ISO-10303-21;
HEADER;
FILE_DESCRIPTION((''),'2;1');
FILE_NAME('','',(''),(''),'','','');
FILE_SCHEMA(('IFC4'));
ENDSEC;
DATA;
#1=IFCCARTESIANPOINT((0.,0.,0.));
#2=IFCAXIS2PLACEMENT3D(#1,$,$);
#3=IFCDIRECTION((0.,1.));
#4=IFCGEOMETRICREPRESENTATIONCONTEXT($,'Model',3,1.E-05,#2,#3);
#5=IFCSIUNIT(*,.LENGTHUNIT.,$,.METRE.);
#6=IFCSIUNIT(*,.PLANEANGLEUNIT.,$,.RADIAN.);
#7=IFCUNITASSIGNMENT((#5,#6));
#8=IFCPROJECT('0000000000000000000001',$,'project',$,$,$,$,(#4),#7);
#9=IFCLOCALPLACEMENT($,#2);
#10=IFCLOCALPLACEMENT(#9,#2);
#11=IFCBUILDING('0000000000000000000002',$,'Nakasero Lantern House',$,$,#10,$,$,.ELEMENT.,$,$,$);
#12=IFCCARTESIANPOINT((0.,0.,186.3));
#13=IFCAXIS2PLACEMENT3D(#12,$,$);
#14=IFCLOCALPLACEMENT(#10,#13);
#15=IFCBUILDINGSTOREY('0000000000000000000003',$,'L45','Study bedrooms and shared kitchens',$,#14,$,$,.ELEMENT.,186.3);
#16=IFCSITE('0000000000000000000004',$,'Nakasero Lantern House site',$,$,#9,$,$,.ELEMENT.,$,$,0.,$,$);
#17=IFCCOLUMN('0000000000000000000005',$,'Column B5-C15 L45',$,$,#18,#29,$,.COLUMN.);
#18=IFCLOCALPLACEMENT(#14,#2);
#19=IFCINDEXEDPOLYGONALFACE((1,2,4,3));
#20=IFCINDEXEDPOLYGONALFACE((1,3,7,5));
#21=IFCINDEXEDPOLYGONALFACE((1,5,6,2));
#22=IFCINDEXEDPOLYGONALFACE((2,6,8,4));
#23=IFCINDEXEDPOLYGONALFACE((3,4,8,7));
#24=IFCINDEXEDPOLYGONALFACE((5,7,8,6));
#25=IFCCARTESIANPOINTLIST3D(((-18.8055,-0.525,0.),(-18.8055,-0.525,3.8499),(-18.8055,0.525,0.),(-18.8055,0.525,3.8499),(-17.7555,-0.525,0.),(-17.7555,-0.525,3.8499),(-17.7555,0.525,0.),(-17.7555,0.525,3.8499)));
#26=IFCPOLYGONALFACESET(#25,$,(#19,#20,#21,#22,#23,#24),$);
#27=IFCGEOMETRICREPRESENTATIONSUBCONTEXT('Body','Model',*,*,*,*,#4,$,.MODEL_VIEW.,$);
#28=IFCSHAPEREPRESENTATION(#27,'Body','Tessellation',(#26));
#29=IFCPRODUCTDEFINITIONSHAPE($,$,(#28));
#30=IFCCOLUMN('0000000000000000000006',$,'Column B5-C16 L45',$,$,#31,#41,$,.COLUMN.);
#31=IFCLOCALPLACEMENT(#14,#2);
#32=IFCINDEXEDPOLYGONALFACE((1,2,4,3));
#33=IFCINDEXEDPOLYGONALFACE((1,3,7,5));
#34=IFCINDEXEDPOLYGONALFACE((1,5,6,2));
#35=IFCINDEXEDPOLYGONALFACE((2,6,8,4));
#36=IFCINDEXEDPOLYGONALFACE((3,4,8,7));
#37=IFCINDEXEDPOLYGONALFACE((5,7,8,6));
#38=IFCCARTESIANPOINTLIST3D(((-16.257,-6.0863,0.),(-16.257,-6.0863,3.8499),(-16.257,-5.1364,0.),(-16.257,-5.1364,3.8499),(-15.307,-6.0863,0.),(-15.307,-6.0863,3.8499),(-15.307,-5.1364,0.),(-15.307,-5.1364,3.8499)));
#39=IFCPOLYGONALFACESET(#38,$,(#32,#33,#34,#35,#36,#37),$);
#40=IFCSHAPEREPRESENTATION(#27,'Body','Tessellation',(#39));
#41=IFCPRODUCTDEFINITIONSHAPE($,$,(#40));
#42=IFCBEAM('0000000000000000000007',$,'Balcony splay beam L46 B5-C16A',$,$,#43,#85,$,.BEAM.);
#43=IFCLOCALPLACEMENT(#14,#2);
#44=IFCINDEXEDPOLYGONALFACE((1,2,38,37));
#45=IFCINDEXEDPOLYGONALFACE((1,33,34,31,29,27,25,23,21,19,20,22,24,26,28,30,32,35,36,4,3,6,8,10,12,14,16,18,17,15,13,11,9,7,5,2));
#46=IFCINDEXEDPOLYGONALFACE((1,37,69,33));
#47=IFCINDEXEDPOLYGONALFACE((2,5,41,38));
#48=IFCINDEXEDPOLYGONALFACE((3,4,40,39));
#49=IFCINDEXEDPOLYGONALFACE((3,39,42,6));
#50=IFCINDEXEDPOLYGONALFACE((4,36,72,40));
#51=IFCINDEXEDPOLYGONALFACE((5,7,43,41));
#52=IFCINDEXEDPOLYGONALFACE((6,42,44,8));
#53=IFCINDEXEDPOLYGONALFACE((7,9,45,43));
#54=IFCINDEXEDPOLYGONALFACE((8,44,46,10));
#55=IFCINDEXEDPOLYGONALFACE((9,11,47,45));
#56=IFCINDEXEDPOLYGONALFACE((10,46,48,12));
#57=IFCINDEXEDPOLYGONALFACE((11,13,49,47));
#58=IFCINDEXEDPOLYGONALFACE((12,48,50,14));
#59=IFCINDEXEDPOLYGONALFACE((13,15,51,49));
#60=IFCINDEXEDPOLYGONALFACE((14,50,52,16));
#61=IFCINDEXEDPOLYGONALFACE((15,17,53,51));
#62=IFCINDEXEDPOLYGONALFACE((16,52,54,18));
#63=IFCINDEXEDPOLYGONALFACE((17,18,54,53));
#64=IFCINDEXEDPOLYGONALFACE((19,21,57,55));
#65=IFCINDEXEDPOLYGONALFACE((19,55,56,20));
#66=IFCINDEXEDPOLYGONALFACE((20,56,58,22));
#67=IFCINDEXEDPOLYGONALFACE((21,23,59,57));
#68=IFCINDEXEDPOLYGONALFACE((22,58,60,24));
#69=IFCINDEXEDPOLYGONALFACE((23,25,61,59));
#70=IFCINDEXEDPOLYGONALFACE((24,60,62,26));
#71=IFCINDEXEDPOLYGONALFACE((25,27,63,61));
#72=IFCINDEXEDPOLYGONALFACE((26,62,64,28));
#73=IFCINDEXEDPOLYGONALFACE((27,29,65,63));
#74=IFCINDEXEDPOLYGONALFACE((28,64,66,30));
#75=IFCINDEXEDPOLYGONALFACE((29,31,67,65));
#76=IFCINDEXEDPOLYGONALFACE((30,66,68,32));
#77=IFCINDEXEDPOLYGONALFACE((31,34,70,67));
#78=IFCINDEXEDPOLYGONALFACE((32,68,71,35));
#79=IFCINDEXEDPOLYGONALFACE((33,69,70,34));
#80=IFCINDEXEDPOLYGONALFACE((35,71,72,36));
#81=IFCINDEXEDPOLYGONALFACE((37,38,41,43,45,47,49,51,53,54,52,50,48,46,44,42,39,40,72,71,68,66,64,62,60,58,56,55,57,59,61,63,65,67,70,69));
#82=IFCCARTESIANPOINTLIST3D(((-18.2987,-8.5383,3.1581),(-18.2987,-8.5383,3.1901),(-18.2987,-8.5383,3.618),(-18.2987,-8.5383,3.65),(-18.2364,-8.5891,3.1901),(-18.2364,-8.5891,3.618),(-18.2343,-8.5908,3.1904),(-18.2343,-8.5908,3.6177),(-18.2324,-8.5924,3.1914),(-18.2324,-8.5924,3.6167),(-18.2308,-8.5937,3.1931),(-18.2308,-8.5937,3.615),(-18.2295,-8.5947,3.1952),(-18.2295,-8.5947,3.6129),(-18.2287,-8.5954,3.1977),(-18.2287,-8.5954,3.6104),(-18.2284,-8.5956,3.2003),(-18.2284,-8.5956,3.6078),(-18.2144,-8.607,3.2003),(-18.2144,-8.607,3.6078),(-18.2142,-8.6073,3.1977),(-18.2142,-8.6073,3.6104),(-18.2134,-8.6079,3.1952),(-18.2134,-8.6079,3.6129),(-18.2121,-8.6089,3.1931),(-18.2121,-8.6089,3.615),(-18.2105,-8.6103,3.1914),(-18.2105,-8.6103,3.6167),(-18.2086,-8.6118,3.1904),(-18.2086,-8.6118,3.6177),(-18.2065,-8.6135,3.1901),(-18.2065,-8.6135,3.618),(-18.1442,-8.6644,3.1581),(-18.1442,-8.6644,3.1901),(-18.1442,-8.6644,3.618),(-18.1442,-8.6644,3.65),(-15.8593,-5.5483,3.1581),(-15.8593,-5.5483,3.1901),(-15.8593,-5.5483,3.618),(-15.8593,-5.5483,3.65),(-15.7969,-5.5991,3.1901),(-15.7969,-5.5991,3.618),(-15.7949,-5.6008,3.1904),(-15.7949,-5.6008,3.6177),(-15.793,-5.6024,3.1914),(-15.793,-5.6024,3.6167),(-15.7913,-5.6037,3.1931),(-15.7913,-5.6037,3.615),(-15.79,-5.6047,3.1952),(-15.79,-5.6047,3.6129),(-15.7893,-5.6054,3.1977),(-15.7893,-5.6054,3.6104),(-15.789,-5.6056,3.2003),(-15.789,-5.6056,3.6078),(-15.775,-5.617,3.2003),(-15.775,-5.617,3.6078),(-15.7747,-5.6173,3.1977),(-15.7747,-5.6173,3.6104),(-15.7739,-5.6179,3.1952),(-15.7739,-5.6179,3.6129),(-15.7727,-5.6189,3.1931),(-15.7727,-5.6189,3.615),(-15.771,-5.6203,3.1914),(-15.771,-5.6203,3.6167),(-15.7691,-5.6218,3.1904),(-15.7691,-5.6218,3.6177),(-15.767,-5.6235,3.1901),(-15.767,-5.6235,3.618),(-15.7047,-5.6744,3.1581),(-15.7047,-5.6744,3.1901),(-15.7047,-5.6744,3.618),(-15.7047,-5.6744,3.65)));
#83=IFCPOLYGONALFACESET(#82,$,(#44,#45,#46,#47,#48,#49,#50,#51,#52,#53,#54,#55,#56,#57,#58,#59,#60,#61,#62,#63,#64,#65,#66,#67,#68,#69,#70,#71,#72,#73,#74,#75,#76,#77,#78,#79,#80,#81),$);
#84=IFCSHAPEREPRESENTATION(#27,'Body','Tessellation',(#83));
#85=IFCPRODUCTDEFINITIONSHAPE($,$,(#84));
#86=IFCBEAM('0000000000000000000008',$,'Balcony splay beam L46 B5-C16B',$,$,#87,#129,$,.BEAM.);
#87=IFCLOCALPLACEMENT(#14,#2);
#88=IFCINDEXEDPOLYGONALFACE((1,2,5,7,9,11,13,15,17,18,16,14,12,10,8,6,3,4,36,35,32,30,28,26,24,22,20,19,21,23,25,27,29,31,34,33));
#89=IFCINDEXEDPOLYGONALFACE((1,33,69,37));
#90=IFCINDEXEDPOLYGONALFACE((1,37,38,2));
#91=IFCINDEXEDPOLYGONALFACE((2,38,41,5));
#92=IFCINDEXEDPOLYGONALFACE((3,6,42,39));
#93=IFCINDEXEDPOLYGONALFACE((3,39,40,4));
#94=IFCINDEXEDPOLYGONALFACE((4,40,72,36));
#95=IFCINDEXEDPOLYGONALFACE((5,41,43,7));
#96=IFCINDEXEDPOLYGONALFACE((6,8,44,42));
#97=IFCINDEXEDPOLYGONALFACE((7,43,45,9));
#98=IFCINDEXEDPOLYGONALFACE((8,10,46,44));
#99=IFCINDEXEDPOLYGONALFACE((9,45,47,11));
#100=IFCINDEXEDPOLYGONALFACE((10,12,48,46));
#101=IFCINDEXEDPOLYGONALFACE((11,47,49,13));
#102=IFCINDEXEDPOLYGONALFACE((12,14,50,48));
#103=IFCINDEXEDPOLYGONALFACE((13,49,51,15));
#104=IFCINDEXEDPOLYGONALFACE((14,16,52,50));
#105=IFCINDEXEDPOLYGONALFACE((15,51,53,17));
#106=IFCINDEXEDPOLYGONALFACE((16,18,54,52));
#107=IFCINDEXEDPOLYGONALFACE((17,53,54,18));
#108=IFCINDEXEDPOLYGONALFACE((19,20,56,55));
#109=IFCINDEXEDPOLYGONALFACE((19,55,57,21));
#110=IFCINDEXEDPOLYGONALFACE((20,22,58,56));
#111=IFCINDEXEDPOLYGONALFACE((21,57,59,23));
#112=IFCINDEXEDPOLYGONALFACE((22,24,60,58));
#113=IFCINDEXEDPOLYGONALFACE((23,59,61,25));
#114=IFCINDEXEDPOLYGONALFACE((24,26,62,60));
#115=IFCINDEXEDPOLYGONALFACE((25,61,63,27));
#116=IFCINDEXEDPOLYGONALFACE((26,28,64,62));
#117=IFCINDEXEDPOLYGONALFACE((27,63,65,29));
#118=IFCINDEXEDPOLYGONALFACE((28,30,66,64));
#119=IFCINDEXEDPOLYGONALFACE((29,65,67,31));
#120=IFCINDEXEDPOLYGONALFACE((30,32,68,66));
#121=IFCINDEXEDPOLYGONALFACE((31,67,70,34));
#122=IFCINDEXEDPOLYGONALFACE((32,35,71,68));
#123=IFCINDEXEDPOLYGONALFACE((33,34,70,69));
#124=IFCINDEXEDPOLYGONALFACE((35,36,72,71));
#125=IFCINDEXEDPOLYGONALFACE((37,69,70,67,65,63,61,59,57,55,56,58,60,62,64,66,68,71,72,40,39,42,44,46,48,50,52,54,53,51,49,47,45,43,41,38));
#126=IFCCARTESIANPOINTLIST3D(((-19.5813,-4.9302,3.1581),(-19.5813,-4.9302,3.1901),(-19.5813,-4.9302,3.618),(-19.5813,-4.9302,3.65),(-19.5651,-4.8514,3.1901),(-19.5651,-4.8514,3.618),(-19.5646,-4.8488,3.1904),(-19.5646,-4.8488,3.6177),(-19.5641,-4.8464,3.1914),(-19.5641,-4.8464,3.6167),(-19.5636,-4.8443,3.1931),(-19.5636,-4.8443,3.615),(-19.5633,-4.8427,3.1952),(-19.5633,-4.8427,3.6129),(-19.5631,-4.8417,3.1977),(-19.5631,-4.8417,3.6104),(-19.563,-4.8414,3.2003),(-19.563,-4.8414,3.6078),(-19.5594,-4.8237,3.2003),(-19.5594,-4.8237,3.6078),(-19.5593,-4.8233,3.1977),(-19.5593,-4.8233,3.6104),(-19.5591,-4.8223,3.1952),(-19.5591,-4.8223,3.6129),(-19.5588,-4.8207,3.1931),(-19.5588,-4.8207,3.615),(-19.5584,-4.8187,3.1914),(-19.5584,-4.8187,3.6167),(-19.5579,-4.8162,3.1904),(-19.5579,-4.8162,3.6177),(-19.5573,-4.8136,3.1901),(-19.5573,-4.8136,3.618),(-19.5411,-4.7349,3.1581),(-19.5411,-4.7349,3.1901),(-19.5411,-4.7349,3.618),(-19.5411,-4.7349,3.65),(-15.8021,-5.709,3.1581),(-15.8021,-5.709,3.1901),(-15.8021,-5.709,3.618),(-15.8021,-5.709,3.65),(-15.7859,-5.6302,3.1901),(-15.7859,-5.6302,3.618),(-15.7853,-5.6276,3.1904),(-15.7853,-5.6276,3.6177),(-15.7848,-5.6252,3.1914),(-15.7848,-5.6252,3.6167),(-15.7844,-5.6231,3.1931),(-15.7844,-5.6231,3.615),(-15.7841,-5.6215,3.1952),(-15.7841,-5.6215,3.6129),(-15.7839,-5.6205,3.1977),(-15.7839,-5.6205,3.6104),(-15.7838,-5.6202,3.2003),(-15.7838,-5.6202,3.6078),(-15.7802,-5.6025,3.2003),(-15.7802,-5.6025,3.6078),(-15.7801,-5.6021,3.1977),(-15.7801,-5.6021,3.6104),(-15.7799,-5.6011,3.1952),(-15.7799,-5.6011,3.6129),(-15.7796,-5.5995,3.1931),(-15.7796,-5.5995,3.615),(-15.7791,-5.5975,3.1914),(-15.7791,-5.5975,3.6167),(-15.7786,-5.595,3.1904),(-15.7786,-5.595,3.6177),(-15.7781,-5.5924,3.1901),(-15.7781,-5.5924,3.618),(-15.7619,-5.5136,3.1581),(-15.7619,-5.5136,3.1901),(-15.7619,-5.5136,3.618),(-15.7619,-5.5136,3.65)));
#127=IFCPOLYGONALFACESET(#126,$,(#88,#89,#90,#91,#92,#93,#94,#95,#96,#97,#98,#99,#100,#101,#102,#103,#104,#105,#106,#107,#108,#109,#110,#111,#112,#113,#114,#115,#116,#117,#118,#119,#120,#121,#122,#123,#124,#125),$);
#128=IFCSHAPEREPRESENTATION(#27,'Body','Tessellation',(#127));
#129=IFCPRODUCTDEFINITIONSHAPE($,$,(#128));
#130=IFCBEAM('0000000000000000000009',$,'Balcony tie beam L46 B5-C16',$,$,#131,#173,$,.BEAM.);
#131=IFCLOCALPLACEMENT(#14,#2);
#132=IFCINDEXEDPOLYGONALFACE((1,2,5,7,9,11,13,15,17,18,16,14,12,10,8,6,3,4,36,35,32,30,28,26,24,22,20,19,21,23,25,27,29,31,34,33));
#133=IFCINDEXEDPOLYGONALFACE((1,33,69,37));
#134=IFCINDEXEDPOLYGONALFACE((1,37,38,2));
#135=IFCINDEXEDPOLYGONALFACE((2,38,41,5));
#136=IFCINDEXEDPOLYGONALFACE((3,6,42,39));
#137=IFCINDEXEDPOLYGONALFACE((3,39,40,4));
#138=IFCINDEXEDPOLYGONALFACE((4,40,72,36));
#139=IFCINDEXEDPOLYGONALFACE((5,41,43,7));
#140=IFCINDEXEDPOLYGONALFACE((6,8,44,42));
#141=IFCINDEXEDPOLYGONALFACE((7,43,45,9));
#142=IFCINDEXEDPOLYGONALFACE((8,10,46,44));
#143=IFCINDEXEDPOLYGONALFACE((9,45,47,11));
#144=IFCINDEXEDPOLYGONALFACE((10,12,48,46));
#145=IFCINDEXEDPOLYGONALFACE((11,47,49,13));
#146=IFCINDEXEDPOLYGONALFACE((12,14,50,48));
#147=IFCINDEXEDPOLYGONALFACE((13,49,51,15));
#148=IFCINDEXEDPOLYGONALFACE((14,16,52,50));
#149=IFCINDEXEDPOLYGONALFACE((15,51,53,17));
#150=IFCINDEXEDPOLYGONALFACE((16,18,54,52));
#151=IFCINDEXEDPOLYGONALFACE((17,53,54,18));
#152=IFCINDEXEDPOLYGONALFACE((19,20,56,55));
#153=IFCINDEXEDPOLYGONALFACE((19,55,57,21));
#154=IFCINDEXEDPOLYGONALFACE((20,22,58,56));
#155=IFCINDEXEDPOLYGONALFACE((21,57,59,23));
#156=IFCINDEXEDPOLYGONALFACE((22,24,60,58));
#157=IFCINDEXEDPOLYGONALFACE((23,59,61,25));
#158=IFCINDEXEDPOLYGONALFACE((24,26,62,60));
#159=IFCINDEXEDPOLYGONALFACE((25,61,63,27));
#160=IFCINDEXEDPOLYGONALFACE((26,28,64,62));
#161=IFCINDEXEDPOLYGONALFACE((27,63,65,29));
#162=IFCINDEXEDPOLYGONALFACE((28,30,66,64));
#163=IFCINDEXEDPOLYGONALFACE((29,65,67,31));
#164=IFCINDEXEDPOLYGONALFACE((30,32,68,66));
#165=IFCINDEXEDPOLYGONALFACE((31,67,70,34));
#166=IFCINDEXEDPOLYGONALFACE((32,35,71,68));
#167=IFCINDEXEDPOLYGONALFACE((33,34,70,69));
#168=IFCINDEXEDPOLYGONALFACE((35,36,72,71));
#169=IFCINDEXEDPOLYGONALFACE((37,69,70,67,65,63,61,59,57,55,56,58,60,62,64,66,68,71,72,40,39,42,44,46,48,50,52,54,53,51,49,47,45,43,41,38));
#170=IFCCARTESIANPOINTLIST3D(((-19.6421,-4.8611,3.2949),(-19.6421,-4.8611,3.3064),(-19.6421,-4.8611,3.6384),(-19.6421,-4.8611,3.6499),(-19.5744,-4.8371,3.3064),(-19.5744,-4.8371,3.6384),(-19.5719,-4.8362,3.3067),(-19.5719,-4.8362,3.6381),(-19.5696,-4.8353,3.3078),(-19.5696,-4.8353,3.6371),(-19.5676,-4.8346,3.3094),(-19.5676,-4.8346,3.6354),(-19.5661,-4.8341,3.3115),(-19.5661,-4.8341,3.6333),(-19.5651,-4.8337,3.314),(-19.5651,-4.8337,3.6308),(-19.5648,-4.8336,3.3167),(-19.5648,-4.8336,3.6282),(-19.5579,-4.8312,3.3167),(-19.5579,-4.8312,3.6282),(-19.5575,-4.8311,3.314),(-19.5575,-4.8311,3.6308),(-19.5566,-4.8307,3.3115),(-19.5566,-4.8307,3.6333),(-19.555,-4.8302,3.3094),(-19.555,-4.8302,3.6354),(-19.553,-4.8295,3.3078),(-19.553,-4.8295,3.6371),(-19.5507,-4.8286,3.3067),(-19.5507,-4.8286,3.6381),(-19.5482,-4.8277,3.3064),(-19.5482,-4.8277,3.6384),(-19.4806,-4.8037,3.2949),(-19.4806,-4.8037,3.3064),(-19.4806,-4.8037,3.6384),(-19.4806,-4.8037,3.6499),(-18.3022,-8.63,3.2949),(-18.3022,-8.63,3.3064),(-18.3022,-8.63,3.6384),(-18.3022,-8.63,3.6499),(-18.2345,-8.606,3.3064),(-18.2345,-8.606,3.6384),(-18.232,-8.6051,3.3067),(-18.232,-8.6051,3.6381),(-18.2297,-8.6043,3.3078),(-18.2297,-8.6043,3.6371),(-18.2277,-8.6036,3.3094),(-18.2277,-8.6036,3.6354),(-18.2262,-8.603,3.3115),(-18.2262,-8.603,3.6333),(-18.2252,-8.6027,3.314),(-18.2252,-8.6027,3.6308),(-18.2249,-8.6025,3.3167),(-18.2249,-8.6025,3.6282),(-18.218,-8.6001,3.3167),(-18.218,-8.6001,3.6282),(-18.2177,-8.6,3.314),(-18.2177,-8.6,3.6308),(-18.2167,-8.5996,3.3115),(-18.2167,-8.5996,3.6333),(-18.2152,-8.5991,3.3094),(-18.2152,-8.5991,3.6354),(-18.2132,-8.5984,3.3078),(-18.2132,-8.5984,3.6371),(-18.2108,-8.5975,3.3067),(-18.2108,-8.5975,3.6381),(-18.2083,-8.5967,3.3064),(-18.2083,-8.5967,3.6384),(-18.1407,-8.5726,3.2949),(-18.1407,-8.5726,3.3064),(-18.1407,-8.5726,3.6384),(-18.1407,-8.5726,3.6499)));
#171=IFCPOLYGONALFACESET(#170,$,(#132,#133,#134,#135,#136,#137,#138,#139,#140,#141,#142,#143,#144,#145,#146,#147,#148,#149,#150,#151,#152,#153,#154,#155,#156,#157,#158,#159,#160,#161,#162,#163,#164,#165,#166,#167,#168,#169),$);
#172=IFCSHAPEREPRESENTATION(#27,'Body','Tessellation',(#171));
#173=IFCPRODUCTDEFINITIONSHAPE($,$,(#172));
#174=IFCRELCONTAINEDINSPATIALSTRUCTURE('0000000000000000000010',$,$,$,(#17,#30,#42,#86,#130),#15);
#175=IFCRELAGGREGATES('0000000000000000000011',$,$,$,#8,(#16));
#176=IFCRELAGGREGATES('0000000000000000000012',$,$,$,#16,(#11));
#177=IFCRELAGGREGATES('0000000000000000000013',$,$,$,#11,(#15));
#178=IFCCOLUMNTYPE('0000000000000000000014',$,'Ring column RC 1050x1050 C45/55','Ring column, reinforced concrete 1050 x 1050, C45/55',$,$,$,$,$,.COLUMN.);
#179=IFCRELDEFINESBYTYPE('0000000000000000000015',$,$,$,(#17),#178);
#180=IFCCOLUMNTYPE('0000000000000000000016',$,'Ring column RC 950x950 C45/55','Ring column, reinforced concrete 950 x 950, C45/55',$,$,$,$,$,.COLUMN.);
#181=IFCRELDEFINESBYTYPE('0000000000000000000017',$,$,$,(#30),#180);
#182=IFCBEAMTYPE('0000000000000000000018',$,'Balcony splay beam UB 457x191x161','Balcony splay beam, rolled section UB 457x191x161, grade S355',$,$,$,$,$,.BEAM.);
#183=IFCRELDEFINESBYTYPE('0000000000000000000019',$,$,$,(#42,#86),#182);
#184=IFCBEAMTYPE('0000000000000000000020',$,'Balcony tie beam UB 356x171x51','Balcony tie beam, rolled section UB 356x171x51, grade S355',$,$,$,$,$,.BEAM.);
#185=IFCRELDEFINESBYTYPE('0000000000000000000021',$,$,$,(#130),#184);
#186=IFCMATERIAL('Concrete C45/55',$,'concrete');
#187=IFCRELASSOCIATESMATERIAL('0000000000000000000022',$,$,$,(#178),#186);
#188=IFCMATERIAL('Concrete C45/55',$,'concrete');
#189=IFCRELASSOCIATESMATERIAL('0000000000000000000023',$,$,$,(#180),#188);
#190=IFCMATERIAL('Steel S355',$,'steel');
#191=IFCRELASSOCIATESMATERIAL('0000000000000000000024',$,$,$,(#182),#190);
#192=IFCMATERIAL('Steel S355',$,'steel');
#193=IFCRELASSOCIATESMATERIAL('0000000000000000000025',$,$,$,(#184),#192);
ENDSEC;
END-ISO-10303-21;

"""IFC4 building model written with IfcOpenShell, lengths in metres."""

from ifc_helpers import new_model, si_unit, direction, frame, origin, origin_2d, place, context, subcontext, project, spatial, rectangle, i_section, extrude, material, material_profile, profile_set, type_object, element, save


model = new_model("IFC4")

# Units and contexts
model_context = context("Model", 3, precision=1e-05, world=origin(), true_north=direction((0.0, 1.0)))
body_context = subcontext(model_context, "Body", "Model", "MODEL_VIEW")
ifc_project = project(units=[si_unit("LENGTHUNIT", "METRE"), si_unit("PLANEANGLEUNIT", "RADIAN")], contexts=[model_context])

# Site, building, storey
site_placement = place(None, origin())
site = spatial("IfcSite", under=ifc_project, at=site_placement, Name="Nakasero Lantern House site", CompositionType="ELEMENT", RefElevation=0.0)
building_placement = place(site_placement, origin())
building = spatial("IfcBuilding", under=site, at=building_placement, Name="Nakasero Lantern House", CompositionType="ELEMENT")
storey_placement = place(building_placement, frame((0.0, 0.0, 186.3)))
storey = spatial("IfcBuildingStorey", under=building, at=storey_placement, Name="L45", Description="Study bedrooms and shared kitchens", CompositionType="ELEMENT", Elevation=186.3)

# Columns
ifc_material_1 = material(Name="Concrete C45/55", Category="concrete")
ifc_material_profile_1 = material_profile(ifc_material_1, rectangle(XDim=1.05, YDim=1.05, at=origin_2d()), Name="RC 1050x1050")
ifc_profile_set_1 = profile_set([ifc_material_profile_1], Name="Concrete C45/55")
column_type_1 = type_object("IfcColumnType", Name="Ring column RC 1050x1050 C45/55", Description="Ring column, reinforced concrete 1050 x 1050, C45/55", PredefinedType="COLUMN", material=ifc_profile_set_1)
column_1_placement = place(storey_placement, frame((-18.2805, 0.0, 0.0), z_axis=(0.0, 0.0, 1.0), x_axis=(1.0, 0.0, 0.0)))
element("IfcColumn", 1, at=column_1_placement, inside=storey, type_object=column_type_1, Name="Column B5-C15 L45", PredefinedType="COLUMN", context=body_context, shape_type="SweptSolid", body=[
    extrude(rectangle(XDim=1.05, YDim=1.05, at=origin_2d()), origin(), (0.0, 0.0, 1.0), 3.8499),
])
ifc_material_2 = material(Name="Concrete C45/55", Category="concrete")
ifc_material_profile_2 = material_profile(ifc_material_2, rectangle(XDim=0.95, YDim=0.95, at=origin_2d()), Name="RC 950x950")
ifc_profile_set_2 = profile_set([ifc_material_profile_2], Name="Concrete C45/55")
column_type_2 = type_object("IfcColumnType", Name="Ring column RC 950x950 C45/55", Description="Ring column, reinforced concrete 950 x 950, C45/55", PredefinedType="COLUMN", material=ifc_profile_set_2)
column_2_placement = place(storey_placement, frame((-15.782, -5.6113, 0.0), z_axis=(0.0, 0.0, 1.0), x_axis=(1.0, 0.0, 0.0)))
element("IfcColumn", 2, at=column_2_placement, inside=storey, type_object=column_type_2, Name="Column B5-C16 L45", PredefinedType="COLUMN", context=body_context, shape_type="SweptSolid", body=[
    extrude(rectangle(XDim=0.95, YDim=0.95, at=origin_2d()), origin(), (0.0, 0.0, 1.0), 3.8499),
])

# Beams
ifc_material_3 = material(Name="Steel S355", Category="steel")
ifc_material_profile_3 = material_profile(ifc_material_3, i_section(OverallWidth=0.1995, OverallDepth=0.4919, WebThickness=0.0181, FlangeThickness=0.032, FilletRadius=0.0103, at=origin_2d()), Name="UB 457x191x161")
ifc_profile_set_3 = profile_set([ifc_material_profile_3], Name="Steel S355")
beam_type_1 = type_object("IfcBeamType", Name="Balcony splay beam UB 457x191x161", Description="Balcony splay beam, rolled section UB 457x191x161, grade S355", PredefinedType="BEAM", material=ifc_profile_set_3)
beam_1_placement = place(storey_placement, frame((-15.782, -5.6113, 3.4041), z_axis=(-0.632166, -0.774833, 0.0), x_axis=(0.774833, -0.632166, 0.0)))
element("IfcBeam", 3, at=beam_1_placement, inside=storey, type_object=beam_type_1, Name="Balcony splay beam L46 B5-C16A", PredefinedType="BEAM", context=body_context, shape_type="SweptSolid", body=[
    extrude(i_section(OverallWidth=0.1995, OverallDepth=0.4919, WebThickness=0.0181, FlangeThickness=0.032, FilletRadius=0.0103, at=origin_2d()), origin(), (0.0, 0.0, 1.0), 3.8589),
])
beam_2_placement = place(storey_placement, frame((-15.782, -5.6113, 3.4041), z_axis=(-0.97942, 0.201831, 0.0), x_axis=(-0.201831, -0.97942, 0.0)))
element("IfcBeam", 4, at=beam_2_placement, inside=storey, type_object=beam_type_1, Name="Balcony splay beam L46 B5-C16B", PredefinedType="BEAM", context=body_context, shape_type="SweptSolid", body=[
    extrude(i_section(OverallWidth=0.1995, OverallDepth=0.4919, WebThickness=0.0181, FlangeThickness=0.032, FilletRadius=0.0103, at=origin_2d()), origin(), (0.0, 0.0, 1.0), 3.8586),
])
ifc_material_4 = material(Name="Steel S355", Category="steel")
ifc_material_profile_4 = material_profile(ifc_material_4, i_section(OverallWidth=0.1714, OverallDepth=0.355, WebThickness=0.0073, FlangeThickness=0.0115, FilletRadius=0.0103, at=origin_2d()), Name="UB 356x171x51")
ifc_profile_set_4 = profile_set([ifc_material_profile_4], Name="Steel S355")
beam_type_2 = type_object("IfcBeamType", Name="Balcony tie beam UB 356x171x51", Description="Balcony tie beam, rolled section UB 356x171x51, grade S355", PredefinedType="BEAM", material=ifc_profile_set_4)
beam_3_placement = place(storey_placement, frame((-18.2214, -8.6013, 3.4724), z_axis=(-0.334971, 0.942228, 0.0), x_axis=(-0.942228, -0.334971, 0.0)))
element("IfcBeam", 5, at=beam_3_placement, inside=storey, type_object=beam_type_2, Name="Balcony tie beam L46 B5-C16", PredefinedType="BEAM", context=body_context, shape_type="SweptSolid", body=[
    extrude(i_section(OverallWidth=0.1714, OverallDepth=0.355, WebThickness=0.0073, FlangeThickness=0.0115, FilletRadius=0.0103, at=origin_2d()), origin(), (0.0, 0.0, 1.0), 4.0),
])

save(model, "model.ifc")
